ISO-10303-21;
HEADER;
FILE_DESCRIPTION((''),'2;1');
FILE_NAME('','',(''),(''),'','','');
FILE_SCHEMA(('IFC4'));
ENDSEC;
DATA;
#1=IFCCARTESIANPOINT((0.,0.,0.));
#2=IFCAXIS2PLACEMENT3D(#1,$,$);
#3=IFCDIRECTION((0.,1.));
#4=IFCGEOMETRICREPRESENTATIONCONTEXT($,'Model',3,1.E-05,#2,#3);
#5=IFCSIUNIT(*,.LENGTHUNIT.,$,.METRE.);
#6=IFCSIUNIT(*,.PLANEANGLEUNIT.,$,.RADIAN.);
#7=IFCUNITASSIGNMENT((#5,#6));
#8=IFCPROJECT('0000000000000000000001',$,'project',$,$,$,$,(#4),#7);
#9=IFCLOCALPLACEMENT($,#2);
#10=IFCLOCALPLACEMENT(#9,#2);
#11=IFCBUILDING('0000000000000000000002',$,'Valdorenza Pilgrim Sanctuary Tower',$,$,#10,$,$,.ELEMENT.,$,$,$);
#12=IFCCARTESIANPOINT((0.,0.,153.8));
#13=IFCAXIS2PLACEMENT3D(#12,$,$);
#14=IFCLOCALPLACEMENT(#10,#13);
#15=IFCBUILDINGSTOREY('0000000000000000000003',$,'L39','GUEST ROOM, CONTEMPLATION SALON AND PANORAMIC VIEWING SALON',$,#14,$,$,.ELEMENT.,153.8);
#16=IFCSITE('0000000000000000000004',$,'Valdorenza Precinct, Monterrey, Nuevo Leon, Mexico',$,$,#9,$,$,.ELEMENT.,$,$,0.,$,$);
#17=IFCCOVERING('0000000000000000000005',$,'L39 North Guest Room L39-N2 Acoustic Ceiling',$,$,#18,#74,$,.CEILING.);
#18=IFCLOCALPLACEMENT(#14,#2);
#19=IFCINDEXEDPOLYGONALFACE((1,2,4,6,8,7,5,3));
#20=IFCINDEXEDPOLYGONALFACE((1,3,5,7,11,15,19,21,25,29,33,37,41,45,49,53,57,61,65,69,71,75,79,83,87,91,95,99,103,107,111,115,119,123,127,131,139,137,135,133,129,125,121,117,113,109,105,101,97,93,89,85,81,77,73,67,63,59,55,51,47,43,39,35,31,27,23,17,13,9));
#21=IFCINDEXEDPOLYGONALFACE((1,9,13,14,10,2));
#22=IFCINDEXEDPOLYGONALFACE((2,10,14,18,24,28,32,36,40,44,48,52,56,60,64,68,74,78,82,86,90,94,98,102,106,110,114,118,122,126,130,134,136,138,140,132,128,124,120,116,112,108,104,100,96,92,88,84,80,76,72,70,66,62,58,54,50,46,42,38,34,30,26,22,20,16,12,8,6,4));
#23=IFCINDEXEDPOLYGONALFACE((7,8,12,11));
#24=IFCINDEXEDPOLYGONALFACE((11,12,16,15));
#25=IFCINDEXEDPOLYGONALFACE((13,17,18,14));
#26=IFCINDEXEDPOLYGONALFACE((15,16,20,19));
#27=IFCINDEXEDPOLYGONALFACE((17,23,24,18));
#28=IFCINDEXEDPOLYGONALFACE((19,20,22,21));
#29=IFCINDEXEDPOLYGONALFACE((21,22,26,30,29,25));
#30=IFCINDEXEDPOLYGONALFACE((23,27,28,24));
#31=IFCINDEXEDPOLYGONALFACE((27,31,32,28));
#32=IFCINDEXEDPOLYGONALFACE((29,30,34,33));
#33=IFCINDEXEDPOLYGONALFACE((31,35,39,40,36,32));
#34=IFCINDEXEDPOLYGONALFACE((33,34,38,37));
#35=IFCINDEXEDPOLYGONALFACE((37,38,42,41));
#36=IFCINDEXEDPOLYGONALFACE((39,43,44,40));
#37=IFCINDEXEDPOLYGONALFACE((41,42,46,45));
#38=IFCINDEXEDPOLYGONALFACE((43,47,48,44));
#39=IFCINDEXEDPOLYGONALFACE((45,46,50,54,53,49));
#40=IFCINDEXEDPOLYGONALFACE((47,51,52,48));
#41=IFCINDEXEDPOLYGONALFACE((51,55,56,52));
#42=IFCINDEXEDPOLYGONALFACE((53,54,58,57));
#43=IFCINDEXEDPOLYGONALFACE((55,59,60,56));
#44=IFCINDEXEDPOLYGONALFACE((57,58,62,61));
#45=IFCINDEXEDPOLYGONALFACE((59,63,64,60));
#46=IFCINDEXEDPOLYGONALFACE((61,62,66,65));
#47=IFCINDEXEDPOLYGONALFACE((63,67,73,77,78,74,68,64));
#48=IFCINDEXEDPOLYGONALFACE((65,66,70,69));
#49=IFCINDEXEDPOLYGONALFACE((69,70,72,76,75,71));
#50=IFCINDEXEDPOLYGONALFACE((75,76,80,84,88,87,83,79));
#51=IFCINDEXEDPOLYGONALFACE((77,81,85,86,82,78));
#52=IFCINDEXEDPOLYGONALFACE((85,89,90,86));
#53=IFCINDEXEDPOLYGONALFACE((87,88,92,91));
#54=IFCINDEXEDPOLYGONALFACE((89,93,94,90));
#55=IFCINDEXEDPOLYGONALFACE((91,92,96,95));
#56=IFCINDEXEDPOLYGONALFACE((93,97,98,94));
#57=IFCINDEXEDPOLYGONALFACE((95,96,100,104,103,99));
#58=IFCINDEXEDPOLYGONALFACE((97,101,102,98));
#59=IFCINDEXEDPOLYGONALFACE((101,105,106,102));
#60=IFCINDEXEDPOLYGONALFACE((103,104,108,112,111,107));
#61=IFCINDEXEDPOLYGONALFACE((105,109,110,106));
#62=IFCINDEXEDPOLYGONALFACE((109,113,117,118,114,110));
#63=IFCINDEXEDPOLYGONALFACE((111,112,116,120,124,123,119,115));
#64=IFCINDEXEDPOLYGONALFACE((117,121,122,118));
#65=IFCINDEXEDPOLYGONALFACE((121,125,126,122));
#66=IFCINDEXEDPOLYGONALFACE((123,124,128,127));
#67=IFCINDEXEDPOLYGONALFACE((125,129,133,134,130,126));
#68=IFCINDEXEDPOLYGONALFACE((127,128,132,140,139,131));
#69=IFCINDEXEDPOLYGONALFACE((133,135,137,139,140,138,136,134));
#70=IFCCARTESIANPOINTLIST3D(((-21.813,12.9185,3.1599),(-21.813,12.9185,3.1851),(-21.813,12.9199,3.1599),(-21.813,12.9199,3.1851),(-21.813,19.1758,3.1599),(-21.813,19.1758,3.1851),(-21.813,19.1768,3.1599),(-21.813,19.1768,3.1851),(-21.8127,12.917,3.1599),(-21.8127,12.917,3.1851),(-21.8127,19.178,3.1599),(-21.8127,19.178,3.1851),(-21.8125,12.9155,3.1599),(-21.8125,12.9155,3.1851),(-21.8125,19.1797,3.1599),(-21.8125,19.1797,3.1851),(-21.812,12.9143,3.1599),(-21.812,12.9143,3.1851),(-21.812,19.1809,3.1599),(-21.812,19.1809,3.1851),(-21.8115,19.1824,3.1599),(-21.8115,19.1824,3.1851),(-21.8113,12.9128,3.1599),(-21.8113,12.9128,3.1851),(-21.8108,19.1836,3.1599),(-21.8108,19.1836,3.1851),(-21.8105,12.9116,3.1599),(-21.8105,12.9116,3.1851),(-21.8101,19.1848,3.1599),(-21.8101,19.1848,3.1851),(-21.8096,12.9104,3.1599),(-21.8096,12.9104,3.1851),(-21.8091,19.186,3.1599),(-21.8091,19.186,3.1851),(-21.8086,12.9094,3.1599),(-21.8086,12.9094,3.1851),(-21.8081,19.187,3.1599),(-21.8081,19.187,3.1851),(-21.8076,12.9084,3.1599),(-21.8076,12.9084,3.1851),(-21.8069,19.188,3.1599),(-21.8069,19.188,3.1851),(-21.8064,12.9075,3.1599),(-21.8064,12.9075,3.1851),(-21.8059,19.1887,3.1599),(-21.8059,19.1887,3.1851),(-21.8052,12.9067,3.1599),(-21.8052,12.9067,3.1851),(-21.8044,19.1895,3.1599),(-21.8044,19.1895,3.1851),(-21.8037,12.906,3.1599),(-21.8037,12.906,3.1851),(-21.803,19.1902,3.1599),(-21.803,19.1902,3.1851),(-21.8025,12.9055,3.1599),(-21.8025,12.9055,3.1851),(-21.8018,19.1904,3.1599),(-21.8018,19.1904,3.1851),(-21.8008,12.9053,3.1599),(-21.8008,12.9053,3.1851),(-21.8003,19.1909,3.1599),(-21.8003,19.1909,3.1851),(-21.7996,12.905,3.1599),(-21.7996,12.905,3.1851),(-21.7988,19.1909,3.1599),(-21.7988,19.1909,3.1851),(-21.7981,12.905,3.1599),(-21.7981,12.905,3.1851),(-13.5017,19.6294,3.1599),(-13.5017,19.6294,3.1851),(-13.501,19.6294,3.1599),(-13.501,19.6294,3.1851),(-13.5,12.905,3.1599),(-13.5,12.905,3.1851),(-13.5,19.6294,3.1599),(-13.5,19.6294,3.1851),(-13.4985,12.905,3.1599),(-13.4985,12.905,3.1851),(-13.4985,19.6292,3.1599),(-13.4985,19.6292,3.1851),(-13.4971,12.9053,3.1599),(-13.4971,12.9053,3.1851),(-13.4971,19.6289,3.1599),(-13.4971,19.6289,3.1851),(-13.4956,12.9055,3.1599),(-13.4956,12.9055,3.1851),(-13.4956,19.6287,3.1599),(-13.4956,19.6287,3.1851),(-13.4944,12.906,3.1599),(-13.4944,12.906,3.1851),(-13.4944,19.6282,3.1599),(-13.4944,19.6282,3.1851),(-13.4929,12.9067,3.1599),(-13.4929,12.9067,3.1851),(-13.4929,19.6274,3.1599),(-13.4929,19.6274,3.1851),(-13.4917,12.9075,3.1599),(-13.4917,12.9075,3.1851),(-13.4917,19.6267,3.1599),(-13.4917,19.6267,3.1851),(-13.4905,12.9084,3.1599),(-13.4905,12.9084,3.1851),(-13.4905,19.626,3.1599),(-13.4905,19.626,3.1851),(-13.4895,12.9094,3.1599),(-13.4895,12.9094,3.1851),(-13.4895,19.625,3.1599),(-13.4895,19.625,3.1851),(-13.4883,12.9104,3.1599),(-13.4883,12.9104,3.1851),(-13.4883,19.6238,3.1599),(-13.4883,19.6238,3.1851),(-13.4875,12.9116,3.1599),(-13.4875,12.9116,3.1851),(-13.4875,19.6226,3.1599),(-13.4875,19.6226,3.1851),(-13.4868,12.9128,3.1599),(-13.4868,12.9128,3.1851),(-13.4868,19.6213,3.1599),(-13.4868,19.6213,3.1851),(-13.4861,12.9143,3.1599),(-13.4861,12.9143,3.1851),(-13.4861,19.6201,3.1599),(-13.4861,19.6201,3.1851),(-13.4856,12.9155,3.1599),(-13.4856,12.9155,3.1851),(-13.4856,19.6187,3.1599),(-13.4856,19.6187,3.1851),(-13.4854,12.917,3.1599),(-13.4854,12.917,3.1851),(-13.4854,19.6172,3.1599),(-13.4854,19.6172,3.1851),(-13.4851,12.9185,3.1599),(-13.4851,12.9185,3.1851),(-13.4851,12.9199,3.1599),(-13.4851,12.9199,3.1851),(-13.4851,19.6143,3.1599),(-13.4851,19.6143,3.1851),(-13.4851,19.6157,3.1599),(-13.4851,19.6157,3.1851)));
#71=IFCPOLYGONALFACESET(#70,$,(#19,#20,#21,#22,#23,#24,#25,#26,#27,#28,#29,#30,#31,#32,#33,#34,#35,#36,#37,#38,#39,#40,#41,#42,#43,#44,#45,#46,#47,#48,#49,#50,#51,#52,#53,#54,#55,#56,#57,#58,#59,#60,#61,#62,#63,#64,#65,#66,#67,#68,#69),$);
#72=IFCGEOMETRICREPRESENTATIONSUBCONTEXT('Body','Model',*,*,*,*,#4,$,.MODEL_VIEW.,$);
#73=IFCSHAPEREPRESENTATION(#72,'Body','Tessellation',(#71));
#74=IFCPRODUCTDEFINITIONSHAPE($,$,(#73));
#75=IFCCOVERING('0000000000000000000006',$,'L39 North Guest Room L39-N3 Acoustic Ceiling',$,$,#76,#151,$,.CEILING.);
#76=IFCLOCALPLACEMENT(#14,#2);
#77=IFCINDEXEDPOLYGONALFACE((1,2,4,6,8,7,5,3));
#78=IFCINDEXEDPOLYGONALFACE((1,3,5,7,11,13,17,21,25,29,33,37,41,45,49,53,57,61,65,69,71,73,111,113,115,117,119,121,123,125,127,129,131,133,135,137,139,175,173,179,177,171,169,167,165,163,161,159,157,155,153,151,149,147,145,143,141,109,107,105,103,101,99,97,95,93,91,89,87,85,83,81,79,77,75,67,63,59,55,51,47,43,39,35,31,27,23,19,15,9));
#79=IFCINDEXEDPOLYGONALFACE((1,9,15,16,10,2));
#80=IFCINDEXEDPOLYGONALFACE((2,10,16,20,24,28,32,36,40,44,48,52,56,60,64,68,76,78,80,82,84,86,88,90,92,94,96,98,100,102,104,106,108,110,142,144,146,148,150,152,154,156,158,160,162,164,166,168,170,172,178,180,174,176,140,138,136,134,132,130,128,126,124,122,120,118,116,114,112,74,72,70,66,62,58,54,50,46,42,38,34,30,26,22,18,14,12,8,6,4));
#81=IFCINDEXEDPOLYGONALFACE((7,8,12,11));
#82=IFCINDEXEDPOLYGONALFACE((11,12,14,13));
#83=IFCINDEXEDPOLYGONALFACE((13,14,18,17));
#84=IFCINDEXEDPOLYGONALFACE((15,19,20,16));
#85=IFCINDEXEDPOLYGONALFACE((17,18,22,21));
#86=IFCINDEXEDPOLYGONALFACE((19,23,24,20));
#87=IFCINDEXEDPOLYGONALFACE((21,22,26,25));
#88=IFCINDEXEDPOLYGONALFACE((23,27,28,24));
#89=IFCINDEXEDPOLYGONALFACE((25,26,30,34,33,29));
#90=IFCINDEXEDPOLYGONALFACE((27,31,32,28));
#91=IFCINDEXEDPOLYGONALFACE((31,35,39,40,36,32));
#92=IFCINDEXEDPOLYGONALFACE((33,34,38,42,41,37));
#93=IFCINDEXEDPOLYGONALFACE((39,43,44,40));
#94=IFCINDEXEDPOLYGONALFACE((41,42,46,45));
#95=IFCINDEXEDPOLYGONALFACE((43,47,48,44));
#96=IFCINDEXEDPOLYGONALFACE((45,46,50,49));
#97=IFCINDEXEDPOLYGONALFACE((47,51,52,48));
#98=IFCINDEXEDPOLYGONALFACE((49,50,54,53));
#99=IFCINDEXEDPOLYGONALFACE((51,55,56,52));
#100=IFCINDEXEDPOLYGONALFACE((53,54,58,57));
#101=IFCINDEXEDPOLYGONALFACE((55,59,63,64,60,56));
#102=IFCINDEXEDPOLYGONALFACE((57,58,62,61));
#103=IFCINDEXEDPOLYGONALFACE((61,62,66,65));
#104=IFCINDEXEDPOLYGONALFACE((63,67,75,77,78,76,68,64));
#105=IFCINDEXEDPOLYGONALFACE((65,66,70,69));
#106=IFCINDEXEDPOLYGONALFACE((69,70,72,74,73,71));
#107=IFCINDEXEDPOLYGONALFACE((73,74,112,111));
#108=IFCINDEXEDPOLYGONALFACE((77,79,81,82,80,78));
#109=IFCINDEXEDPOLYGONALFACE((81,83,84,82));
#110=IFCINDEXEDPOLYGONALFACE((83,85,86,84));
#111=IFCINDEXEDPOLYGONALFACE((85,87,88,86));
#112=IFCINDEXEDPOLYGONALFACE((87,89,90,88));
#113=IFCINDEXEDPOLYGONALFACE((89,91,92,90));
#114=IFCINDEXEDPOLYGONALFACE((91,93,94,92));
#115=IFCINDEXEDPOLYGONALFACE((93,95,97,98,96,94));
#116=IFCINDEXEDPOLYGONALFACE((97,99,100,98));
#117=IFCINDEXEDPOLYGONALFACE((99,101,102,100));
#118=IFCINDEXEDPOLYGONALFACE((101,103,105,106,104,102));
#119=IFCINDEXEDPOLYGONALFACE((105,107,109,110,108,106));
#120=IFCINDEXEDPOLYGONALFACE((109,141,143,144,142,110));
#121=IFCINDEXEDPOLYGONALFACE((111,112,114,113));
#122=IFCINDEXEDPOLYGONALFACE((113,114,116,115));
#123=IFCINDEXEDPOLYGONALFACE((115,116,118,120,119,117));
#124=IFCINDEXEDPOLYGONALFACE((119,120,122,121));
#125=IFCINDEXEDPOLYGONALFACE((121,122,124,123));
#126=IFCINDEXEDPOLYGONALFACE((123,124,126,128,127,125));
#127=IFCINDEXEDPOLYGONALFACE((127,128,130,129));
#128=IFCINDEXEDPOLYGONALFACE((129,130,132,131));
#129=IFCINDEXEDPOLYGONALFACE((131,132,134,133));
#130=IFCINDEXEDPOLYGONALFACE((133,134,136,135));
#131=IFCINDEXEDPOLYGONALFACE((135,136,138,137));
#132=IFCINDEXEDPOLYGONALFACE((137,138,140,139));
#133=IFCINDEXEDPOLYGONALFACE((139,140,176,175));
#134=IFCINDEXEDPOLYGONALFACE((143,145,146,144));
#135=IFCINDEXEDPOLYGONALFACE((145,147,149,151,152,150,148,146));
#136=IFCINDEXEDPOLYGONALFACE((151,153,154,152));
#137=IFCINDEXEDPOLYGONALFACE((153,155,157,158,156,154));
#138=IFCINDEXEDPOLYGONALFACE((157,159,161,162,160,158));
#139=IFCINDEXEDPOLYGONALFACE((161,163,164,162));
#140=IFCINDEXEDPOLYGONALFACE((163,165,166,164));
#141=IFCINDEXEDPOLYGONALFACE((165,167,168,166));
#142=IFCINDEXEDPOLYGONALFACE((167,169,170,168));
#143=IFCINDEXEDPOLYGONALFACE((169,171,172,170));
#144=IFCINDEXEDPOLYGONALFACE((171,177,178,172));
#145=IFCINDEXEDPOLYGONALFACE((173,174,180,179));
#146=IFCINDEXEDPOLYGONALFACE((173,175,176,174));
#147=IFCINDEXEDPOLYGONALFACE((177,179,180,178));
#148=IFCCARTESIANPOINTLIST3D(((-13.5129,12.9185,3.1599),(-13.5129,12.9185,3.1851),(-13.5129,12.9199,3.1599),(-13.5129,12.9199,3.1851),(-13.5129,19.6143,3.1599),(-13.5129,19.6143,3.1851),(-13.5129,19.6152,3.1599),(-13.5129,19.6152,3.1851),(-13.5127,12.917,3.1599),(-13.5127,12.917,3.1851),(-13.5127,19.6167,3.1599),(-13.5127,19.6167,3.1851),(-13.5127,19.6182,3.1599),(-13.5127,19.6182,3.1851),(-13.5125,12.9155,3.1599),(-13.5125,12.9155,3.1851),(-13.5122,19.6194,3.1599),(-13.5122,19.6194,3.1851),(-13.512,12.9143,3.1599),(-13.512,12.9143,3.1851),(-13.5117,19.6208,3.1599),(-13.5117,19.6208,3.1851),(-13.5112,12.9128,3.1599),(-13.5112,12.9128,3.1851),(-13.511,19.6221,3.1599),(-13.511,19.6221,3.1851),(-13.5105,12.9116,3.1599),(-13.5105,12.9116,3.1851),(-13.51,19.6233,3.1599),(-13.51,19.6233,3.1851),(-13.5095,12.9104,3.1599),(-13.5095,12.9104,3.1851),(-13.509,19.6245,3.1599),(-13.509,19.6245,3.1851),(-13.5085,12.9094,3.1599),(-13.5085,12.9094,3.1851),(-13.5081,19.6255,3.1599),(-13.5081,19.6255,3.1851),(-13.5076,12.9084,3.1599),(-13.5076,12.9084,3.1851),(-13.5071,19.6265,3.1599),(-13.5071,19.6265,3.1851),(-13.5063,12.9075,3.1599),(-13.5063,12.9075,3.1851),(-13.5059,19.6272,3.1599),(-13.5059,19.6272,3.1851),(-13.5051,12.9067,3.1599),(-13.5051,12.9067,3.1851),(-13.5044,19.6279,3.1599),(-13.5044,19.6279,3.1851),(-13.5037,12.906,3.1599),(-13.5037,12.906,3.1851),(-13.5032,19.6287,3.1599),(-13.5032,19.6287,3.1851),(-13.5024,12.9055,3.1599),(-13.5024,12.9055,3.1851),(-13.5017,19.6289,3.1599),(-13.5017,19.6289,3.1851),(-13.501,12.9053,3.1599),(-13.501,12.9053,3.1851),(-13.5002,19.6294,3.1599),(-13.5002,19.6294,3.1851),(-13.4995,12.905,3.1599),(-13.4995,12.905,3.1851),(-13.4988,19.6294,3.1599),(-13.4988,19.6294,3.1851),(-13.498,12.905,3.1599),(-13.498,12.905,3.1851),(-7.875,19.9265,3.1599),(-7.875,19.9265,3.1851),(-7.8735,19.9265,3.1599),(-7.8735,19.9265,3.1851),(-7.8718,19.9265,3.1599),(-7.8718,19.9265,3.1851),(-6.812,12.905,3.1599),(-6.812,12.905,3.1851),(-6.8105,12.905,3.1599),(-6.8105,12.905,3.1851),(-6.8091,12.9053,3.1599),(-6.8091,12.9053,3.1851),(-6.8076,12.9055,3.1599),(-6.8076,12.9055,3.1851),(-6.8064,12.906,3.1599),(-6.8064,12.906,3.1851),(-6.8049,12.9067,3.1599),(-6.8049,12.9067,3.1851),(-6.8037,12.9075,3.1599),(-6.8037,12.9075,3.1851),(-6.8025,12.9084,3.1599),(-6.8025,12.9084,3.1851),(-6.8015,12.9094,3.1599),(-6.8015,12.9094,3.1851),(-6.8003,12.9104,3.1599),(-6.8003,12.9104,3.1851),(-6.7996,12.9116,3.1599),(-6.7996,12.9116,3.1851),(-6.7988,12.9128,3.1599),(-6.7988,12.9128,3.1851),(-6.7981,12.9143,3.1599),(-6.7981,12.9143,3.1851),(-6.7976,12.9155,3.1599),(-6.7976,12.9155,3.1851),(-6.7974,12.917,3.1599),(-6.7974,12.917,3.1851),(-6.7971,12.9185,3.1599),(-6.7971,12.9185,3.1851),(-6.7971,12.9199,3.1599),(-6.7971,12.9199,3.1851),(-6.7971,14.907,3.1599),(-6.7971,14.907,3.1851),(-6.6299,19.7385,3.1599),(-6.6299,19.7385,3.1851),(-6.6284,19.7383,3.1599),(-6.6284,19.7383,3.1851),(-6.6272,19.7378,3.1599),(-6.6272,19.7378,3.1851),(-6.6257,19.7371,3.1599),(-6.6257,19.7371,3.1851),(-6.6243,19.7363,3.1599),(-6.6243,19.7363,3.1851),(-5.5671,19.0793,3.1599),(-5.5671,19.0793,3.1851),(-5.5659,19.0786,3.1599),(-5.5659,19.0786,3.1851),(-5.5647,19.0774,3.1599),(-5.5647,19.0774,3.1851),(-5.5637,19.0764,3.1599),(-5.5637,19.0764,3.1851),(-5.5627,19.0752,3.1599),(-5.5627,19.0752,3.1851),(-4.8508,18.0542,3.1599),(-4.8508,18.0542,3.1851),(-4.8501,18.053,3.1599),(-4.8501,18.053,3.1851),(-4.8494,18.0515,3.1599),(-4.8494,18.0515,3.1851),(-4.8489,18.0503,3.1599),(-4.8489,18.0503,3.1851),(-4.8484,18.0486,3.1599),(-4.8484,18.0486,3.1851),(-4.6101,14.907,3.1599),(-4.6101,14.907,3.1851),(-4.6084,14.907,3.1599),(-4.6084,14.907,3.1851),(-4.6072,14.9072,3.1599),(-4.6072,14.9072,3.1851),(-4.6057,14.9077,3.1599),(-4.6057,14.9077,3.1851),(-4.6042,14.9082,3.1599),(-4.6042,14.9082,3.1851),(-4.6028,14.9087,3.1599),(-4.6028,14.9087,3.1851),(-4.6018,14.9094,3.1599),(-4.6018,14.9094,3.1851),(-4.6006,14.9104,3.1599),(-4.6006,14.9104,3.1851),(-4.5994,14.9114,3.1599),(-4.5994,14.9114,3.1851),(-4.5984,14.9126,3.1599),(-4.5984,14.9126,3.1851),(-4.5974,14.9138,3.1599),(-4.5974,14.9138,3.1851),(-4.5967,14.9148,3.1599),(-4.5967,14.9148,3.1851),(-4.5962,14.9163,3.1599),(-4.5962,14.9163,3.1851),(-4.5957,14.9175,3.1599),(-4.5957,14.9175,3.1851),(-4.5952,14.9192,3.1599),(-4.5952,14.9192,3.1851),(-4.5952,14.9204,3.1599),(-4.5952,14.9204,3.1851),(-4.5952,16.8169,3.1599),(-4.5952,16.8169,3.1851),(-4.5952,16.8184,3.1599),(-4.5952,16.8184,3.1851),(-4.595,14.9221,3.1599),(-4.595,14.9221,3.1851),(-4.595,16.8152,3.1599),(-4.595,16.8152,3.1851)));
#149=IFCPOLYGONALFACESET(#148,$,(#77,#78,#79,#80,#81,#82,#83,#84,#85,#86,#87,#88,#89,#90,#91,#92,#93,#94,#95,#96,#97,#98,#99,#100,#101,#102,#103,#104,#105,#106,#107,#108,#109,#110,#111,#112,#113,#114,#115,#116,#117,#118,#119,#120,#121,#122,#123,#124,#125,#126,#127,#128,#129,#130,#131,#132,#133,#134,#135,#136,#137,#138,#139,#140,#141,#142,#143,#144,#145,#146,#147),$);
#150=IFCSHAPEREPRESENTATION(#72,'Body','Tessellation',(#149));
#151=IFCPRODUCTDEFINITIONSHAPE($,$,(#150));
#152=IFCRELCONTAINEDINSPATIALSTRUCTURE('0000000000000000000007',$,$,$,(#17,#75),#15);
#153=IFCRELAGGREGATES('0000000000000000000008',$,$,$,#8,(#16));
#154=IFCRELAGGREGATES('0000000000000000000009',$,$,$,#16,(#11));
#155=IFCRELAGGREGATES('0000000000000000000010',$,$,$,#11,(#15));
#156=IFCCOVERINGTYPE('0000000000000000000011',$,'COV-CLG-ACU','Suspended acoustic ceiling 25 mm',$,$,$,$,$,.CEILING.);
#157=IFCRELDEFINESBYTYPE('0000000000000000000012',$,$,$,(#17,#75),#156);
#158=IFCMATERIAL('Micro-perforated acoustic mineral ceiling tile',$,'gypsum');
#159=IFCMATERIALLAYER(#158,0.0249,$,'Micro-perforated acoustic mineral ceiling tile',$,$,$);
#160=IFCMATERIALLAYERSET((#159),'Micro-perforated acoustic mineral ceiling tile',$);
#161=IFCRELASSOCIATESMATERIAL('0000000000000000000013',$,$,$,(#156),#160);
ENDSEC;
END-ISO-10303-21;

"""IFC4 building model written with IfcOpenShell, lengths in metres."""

from ifc_helpers import new_model, si_unit, direction, frame, origin, place, context, subcontext, project, spatial, polyline, outline, extrude, material, layer, layer_set, type_object, element, save


model = new_model("IFC4")

# Units and contexts
model_context = context("Model", 3, precision=1e-05, world=origin(), true_north=direction((0.0, 1.0)))
body_context = subcontext(model_context, "Body", "Model", "MODEL_VIEW")
ifc_project = project(units=[si_unit("LENGTHUNIT", "METRE"), si_unit("PLANEANGLEUNIT", "RADIAN")], contexts=[model_context])

# Site, building, storey
site_placement = place(None, origin())
site = spatial("IfcSite", under=ifc_project, at=site_placement, Name="Valdorenza Precinct, Monterrey, Nuevo Leon, Mexico", CompositionType="ELEMENT", RefElevation=0.0)
building_placement = place(site_placement, origin())
building = spatial("IfcBuilding", under=site, at=building_placement, Name="Valdorenza Pilgrim Sanctuary Tower", CompositionType="ELEMENT")
storey_placement = place(building_placement, frame((0.0, 0.0, 153.8)))
storey = spatial("IfcBuildingStorey", under=building, at=storey_placement, Name="L39", Description="GUEST ROOM, CONTEMPLATION SALON AND PANORAMIC VIEWING SALON", CompositionType="ELEMENT", Elevation=153.8)

# Coverings
ifc_material_1 = material(Name="Micro-perforated acoustic mineral ceiling tile", Category="gypsum")
ifc_layer_1 = layer(ifc_material_1, 0.0249, Name="Micro-perforated acoustic mineral ceiling tile")
ifc_layer_set_1 = layer_set([ifc_layer_1], Name="Micro-perforated acoustic mineral ceiling tile")
covering_type_1 = type_object("IfcCoveringType", Name="COV-CLG-ACU", Description="Suspended acoustic ceiling 25 mm", PredefinedType="CEILING", material=ifc_layer_set_1)
covering_1_placement = place(storey_placement, frame((0.0, 0.0, 3.1599)))
element("IfcCovering", 1, at=covering_1_placement, inside=storey, type_object=covering_type_1, Name="L39 North Guest Room L39-N2 Acoustic Ceiling", PredefinedType="CEILING", context=body_context, shape_type="SweptSolid", body=[
    extrude(outline(polyline([(-21.813, 19.1758), (-21.813, 19.1768), (-21.8127, 19.178), (-21.8125, 19.1797), (-21.812, 19.1809), (-21.8115, 19.1824), (-21.8108, 19.1836), (-21.8101, 19.1848), (-21.8091, 19.186), (-21.8081, 19.187), (-21.8069, 19.188), (-21.8059, 19.1887), (-21.8044, 19.1895), (-21.803, 19.1902), (-21.8018, 19.1904), (-21.8003, 19.1909), (-21.7988, 19.1909), (-13.5017, 19.6294), (-13.501, 19.6294), (-13.5, 19.6294), (-13.4985, 19.6292), (-13.4971, 19.6289), (-13.4956, 19.6287), (-13.4944, 19.6282), (-13.4929, 19.6274), (-13.4917, 19.6267), (-13.4905, 19.626), (-13.4895, 19.625), (-13.4883, 19.6238), (-13.4875, 19.6226), (-13.4868, 19.6213), (-13.4861, 19.6201), (-13.4856, 19.6187), (-13.4854, 19.6172), (-13.4851, 19.6157), (-13.4851, 19.6143), (-13.4851, 12.9199), (-13.4851, 12.9185), (-13.4854, 12.917), (-13.4856, 12.9155), (-13.4861, 12.9143), (-13.4868, 12.9128), (-13.4875, 12.9116), (-13.4883, 12.9104), (-13.4895, 12.9094), (-13.4905, 12.9084), (-13.4917, 12.9075), (-13.4929, 12.9067), (-13.4944, 12.906), (-13.4956, 12.9055), (-13.4971, 12.9053), (-13.4985, 12.905), (-13.5, 12.905), (-21.7981, 12.905), (-21.7996, 12.905), (-21.8008, 12.9053), (-21.8025, 12.9055), (-21.8037, 12.906), (-21.8052, 12.9067), (-21.8064, 12.9075), (-21.8076, 12.9084), (-21.8086, 12.9094), (-21.8096, 12.9104), (-21.8105, 12.9116), (-21.8113, 12.9128), (-21.812, 12.9143), (-21.8125, 12.9155), (-21.8127, 12.917), (-21.813, 12.9185), (-21.813, 12.9199), (-21.813, 19.1758), (-21.813, 19.1758)])), origin(), (0.0, 0.0, 1.0), 0.0251),
])
covering_2_placement = place(storey_placement, frame((0.0, 0.0, 3.1599)))
element("IfcCovering", 2, at=covering_2_placement, inside=storey, type_object=covering_type_1, Name="L39 North Guest Room L39-N3 Acoustic Ceiling", PredefinedType="CEILING", context=body_context, shape_type="SweptSolid", body=[
    extrude(outline(polyline([(-13.5129, 19.6143), (-13.5129, 19.6152), (-13.5127, 19.6167), (-13.5127, 19.6182), (-13.5122, 19.6194), (-13.5117, 19.6208), (-13.511, 19.6221), (-13.51, 19.6233), (-13.509, 19.6245), (-13.5081, 19.6255), (-13.5071, 19.6265), (-13.5059, 19.6272), (-13.5044, 19.6279), (-13.5032, 19.6287), (-13.5017, 19.6289), (-13.5002, 19.6294), (-13.4988, 19.6294), (-7.875, 19.9265), (-7.8735, 19.9265), (-7.8718, 19.9265), (-6.6299, 19.7385), (-6.6284, 19.7383), (-6.6272, 19.7378), (-6.6257, 19.7371), (-6.6243, 19.7363), (-5.5671, 19.0793), (-5.5659, 19.0786), (-5.5647, 19.0774), (-5.5637, 19.0764), (-5.5627, 19.0752), (-4.8508, 18.0542), (-4.8501, 18.053), (-4.8494, 18.0515), (-4.8489, 18.0503), (-4.8484, 18.0486), (-4.5952, 16.8184), (-4.5952, 16.8169), (-4.595, 16.8152), (-4.595, 14.9221), (-4.5952, 14.9204), (-4.5952, 14.9192), (-4.5957, 14.9175), (-4.5962, 14.9163), (-4.5967, 14.9148), (-4.5974, 14.9138), (-4.5984, 14.9126), (-4.5994, 14.9114), (-4.6006, 14.9104), (-4.6018, 14.9094), (-4.6028, 14.9087), (-4.6042, 14.9082), (-4.6057, 14.9077), (-4.6072, 14.9072), (-4.6084, 14.907), (-4.6101, 14.907), (-6.7971, 14.907), (-6.7971, 12.9199), (-6.7971, 12.9185), (-6.7974, 12.917), (-6.7976, 12.9155), (-6.7981, 12.9143), (-6.7988, 12.9128), (-6.7996, 12.9116), (-6.8003, 12.9104), (-6.8015, 12.9094), (-6.8025, 12.9084), (-6.8037, 12.9075), (-6.8049, 12.9067), (-6.8064, 12.906), (-6.8076, 12.9055), (-6.8091, 12.9053), (-6.8105, 12.905), (-6.812, 12.905), (-13.498, 12.905), (-13.4995, 12.905), (-13.501, 12.9053), (-13.5024, 12.9055), (-13.5037, 12.906), (-13.5051, 12.9067), (-13.5063, 12.9075), (-13.5076, 12.9084), (-13.5085, 12.9094), (-13.5095, 12.9104), (-13.5105, 12.9116), (-13.5112, 12.9128), (-13.512, 12.9143), (-13.5125, 12.9155), (-13.5127, 12.917), (-13.5129, 12.9185), (-13.5129, 12.9199), (-13.5129, 19.6143), (-13.5129, 19.6143)])), origin(), (0.0, 0.0, 1.0), 0.0251),
])

save(model, "model.ifc")
